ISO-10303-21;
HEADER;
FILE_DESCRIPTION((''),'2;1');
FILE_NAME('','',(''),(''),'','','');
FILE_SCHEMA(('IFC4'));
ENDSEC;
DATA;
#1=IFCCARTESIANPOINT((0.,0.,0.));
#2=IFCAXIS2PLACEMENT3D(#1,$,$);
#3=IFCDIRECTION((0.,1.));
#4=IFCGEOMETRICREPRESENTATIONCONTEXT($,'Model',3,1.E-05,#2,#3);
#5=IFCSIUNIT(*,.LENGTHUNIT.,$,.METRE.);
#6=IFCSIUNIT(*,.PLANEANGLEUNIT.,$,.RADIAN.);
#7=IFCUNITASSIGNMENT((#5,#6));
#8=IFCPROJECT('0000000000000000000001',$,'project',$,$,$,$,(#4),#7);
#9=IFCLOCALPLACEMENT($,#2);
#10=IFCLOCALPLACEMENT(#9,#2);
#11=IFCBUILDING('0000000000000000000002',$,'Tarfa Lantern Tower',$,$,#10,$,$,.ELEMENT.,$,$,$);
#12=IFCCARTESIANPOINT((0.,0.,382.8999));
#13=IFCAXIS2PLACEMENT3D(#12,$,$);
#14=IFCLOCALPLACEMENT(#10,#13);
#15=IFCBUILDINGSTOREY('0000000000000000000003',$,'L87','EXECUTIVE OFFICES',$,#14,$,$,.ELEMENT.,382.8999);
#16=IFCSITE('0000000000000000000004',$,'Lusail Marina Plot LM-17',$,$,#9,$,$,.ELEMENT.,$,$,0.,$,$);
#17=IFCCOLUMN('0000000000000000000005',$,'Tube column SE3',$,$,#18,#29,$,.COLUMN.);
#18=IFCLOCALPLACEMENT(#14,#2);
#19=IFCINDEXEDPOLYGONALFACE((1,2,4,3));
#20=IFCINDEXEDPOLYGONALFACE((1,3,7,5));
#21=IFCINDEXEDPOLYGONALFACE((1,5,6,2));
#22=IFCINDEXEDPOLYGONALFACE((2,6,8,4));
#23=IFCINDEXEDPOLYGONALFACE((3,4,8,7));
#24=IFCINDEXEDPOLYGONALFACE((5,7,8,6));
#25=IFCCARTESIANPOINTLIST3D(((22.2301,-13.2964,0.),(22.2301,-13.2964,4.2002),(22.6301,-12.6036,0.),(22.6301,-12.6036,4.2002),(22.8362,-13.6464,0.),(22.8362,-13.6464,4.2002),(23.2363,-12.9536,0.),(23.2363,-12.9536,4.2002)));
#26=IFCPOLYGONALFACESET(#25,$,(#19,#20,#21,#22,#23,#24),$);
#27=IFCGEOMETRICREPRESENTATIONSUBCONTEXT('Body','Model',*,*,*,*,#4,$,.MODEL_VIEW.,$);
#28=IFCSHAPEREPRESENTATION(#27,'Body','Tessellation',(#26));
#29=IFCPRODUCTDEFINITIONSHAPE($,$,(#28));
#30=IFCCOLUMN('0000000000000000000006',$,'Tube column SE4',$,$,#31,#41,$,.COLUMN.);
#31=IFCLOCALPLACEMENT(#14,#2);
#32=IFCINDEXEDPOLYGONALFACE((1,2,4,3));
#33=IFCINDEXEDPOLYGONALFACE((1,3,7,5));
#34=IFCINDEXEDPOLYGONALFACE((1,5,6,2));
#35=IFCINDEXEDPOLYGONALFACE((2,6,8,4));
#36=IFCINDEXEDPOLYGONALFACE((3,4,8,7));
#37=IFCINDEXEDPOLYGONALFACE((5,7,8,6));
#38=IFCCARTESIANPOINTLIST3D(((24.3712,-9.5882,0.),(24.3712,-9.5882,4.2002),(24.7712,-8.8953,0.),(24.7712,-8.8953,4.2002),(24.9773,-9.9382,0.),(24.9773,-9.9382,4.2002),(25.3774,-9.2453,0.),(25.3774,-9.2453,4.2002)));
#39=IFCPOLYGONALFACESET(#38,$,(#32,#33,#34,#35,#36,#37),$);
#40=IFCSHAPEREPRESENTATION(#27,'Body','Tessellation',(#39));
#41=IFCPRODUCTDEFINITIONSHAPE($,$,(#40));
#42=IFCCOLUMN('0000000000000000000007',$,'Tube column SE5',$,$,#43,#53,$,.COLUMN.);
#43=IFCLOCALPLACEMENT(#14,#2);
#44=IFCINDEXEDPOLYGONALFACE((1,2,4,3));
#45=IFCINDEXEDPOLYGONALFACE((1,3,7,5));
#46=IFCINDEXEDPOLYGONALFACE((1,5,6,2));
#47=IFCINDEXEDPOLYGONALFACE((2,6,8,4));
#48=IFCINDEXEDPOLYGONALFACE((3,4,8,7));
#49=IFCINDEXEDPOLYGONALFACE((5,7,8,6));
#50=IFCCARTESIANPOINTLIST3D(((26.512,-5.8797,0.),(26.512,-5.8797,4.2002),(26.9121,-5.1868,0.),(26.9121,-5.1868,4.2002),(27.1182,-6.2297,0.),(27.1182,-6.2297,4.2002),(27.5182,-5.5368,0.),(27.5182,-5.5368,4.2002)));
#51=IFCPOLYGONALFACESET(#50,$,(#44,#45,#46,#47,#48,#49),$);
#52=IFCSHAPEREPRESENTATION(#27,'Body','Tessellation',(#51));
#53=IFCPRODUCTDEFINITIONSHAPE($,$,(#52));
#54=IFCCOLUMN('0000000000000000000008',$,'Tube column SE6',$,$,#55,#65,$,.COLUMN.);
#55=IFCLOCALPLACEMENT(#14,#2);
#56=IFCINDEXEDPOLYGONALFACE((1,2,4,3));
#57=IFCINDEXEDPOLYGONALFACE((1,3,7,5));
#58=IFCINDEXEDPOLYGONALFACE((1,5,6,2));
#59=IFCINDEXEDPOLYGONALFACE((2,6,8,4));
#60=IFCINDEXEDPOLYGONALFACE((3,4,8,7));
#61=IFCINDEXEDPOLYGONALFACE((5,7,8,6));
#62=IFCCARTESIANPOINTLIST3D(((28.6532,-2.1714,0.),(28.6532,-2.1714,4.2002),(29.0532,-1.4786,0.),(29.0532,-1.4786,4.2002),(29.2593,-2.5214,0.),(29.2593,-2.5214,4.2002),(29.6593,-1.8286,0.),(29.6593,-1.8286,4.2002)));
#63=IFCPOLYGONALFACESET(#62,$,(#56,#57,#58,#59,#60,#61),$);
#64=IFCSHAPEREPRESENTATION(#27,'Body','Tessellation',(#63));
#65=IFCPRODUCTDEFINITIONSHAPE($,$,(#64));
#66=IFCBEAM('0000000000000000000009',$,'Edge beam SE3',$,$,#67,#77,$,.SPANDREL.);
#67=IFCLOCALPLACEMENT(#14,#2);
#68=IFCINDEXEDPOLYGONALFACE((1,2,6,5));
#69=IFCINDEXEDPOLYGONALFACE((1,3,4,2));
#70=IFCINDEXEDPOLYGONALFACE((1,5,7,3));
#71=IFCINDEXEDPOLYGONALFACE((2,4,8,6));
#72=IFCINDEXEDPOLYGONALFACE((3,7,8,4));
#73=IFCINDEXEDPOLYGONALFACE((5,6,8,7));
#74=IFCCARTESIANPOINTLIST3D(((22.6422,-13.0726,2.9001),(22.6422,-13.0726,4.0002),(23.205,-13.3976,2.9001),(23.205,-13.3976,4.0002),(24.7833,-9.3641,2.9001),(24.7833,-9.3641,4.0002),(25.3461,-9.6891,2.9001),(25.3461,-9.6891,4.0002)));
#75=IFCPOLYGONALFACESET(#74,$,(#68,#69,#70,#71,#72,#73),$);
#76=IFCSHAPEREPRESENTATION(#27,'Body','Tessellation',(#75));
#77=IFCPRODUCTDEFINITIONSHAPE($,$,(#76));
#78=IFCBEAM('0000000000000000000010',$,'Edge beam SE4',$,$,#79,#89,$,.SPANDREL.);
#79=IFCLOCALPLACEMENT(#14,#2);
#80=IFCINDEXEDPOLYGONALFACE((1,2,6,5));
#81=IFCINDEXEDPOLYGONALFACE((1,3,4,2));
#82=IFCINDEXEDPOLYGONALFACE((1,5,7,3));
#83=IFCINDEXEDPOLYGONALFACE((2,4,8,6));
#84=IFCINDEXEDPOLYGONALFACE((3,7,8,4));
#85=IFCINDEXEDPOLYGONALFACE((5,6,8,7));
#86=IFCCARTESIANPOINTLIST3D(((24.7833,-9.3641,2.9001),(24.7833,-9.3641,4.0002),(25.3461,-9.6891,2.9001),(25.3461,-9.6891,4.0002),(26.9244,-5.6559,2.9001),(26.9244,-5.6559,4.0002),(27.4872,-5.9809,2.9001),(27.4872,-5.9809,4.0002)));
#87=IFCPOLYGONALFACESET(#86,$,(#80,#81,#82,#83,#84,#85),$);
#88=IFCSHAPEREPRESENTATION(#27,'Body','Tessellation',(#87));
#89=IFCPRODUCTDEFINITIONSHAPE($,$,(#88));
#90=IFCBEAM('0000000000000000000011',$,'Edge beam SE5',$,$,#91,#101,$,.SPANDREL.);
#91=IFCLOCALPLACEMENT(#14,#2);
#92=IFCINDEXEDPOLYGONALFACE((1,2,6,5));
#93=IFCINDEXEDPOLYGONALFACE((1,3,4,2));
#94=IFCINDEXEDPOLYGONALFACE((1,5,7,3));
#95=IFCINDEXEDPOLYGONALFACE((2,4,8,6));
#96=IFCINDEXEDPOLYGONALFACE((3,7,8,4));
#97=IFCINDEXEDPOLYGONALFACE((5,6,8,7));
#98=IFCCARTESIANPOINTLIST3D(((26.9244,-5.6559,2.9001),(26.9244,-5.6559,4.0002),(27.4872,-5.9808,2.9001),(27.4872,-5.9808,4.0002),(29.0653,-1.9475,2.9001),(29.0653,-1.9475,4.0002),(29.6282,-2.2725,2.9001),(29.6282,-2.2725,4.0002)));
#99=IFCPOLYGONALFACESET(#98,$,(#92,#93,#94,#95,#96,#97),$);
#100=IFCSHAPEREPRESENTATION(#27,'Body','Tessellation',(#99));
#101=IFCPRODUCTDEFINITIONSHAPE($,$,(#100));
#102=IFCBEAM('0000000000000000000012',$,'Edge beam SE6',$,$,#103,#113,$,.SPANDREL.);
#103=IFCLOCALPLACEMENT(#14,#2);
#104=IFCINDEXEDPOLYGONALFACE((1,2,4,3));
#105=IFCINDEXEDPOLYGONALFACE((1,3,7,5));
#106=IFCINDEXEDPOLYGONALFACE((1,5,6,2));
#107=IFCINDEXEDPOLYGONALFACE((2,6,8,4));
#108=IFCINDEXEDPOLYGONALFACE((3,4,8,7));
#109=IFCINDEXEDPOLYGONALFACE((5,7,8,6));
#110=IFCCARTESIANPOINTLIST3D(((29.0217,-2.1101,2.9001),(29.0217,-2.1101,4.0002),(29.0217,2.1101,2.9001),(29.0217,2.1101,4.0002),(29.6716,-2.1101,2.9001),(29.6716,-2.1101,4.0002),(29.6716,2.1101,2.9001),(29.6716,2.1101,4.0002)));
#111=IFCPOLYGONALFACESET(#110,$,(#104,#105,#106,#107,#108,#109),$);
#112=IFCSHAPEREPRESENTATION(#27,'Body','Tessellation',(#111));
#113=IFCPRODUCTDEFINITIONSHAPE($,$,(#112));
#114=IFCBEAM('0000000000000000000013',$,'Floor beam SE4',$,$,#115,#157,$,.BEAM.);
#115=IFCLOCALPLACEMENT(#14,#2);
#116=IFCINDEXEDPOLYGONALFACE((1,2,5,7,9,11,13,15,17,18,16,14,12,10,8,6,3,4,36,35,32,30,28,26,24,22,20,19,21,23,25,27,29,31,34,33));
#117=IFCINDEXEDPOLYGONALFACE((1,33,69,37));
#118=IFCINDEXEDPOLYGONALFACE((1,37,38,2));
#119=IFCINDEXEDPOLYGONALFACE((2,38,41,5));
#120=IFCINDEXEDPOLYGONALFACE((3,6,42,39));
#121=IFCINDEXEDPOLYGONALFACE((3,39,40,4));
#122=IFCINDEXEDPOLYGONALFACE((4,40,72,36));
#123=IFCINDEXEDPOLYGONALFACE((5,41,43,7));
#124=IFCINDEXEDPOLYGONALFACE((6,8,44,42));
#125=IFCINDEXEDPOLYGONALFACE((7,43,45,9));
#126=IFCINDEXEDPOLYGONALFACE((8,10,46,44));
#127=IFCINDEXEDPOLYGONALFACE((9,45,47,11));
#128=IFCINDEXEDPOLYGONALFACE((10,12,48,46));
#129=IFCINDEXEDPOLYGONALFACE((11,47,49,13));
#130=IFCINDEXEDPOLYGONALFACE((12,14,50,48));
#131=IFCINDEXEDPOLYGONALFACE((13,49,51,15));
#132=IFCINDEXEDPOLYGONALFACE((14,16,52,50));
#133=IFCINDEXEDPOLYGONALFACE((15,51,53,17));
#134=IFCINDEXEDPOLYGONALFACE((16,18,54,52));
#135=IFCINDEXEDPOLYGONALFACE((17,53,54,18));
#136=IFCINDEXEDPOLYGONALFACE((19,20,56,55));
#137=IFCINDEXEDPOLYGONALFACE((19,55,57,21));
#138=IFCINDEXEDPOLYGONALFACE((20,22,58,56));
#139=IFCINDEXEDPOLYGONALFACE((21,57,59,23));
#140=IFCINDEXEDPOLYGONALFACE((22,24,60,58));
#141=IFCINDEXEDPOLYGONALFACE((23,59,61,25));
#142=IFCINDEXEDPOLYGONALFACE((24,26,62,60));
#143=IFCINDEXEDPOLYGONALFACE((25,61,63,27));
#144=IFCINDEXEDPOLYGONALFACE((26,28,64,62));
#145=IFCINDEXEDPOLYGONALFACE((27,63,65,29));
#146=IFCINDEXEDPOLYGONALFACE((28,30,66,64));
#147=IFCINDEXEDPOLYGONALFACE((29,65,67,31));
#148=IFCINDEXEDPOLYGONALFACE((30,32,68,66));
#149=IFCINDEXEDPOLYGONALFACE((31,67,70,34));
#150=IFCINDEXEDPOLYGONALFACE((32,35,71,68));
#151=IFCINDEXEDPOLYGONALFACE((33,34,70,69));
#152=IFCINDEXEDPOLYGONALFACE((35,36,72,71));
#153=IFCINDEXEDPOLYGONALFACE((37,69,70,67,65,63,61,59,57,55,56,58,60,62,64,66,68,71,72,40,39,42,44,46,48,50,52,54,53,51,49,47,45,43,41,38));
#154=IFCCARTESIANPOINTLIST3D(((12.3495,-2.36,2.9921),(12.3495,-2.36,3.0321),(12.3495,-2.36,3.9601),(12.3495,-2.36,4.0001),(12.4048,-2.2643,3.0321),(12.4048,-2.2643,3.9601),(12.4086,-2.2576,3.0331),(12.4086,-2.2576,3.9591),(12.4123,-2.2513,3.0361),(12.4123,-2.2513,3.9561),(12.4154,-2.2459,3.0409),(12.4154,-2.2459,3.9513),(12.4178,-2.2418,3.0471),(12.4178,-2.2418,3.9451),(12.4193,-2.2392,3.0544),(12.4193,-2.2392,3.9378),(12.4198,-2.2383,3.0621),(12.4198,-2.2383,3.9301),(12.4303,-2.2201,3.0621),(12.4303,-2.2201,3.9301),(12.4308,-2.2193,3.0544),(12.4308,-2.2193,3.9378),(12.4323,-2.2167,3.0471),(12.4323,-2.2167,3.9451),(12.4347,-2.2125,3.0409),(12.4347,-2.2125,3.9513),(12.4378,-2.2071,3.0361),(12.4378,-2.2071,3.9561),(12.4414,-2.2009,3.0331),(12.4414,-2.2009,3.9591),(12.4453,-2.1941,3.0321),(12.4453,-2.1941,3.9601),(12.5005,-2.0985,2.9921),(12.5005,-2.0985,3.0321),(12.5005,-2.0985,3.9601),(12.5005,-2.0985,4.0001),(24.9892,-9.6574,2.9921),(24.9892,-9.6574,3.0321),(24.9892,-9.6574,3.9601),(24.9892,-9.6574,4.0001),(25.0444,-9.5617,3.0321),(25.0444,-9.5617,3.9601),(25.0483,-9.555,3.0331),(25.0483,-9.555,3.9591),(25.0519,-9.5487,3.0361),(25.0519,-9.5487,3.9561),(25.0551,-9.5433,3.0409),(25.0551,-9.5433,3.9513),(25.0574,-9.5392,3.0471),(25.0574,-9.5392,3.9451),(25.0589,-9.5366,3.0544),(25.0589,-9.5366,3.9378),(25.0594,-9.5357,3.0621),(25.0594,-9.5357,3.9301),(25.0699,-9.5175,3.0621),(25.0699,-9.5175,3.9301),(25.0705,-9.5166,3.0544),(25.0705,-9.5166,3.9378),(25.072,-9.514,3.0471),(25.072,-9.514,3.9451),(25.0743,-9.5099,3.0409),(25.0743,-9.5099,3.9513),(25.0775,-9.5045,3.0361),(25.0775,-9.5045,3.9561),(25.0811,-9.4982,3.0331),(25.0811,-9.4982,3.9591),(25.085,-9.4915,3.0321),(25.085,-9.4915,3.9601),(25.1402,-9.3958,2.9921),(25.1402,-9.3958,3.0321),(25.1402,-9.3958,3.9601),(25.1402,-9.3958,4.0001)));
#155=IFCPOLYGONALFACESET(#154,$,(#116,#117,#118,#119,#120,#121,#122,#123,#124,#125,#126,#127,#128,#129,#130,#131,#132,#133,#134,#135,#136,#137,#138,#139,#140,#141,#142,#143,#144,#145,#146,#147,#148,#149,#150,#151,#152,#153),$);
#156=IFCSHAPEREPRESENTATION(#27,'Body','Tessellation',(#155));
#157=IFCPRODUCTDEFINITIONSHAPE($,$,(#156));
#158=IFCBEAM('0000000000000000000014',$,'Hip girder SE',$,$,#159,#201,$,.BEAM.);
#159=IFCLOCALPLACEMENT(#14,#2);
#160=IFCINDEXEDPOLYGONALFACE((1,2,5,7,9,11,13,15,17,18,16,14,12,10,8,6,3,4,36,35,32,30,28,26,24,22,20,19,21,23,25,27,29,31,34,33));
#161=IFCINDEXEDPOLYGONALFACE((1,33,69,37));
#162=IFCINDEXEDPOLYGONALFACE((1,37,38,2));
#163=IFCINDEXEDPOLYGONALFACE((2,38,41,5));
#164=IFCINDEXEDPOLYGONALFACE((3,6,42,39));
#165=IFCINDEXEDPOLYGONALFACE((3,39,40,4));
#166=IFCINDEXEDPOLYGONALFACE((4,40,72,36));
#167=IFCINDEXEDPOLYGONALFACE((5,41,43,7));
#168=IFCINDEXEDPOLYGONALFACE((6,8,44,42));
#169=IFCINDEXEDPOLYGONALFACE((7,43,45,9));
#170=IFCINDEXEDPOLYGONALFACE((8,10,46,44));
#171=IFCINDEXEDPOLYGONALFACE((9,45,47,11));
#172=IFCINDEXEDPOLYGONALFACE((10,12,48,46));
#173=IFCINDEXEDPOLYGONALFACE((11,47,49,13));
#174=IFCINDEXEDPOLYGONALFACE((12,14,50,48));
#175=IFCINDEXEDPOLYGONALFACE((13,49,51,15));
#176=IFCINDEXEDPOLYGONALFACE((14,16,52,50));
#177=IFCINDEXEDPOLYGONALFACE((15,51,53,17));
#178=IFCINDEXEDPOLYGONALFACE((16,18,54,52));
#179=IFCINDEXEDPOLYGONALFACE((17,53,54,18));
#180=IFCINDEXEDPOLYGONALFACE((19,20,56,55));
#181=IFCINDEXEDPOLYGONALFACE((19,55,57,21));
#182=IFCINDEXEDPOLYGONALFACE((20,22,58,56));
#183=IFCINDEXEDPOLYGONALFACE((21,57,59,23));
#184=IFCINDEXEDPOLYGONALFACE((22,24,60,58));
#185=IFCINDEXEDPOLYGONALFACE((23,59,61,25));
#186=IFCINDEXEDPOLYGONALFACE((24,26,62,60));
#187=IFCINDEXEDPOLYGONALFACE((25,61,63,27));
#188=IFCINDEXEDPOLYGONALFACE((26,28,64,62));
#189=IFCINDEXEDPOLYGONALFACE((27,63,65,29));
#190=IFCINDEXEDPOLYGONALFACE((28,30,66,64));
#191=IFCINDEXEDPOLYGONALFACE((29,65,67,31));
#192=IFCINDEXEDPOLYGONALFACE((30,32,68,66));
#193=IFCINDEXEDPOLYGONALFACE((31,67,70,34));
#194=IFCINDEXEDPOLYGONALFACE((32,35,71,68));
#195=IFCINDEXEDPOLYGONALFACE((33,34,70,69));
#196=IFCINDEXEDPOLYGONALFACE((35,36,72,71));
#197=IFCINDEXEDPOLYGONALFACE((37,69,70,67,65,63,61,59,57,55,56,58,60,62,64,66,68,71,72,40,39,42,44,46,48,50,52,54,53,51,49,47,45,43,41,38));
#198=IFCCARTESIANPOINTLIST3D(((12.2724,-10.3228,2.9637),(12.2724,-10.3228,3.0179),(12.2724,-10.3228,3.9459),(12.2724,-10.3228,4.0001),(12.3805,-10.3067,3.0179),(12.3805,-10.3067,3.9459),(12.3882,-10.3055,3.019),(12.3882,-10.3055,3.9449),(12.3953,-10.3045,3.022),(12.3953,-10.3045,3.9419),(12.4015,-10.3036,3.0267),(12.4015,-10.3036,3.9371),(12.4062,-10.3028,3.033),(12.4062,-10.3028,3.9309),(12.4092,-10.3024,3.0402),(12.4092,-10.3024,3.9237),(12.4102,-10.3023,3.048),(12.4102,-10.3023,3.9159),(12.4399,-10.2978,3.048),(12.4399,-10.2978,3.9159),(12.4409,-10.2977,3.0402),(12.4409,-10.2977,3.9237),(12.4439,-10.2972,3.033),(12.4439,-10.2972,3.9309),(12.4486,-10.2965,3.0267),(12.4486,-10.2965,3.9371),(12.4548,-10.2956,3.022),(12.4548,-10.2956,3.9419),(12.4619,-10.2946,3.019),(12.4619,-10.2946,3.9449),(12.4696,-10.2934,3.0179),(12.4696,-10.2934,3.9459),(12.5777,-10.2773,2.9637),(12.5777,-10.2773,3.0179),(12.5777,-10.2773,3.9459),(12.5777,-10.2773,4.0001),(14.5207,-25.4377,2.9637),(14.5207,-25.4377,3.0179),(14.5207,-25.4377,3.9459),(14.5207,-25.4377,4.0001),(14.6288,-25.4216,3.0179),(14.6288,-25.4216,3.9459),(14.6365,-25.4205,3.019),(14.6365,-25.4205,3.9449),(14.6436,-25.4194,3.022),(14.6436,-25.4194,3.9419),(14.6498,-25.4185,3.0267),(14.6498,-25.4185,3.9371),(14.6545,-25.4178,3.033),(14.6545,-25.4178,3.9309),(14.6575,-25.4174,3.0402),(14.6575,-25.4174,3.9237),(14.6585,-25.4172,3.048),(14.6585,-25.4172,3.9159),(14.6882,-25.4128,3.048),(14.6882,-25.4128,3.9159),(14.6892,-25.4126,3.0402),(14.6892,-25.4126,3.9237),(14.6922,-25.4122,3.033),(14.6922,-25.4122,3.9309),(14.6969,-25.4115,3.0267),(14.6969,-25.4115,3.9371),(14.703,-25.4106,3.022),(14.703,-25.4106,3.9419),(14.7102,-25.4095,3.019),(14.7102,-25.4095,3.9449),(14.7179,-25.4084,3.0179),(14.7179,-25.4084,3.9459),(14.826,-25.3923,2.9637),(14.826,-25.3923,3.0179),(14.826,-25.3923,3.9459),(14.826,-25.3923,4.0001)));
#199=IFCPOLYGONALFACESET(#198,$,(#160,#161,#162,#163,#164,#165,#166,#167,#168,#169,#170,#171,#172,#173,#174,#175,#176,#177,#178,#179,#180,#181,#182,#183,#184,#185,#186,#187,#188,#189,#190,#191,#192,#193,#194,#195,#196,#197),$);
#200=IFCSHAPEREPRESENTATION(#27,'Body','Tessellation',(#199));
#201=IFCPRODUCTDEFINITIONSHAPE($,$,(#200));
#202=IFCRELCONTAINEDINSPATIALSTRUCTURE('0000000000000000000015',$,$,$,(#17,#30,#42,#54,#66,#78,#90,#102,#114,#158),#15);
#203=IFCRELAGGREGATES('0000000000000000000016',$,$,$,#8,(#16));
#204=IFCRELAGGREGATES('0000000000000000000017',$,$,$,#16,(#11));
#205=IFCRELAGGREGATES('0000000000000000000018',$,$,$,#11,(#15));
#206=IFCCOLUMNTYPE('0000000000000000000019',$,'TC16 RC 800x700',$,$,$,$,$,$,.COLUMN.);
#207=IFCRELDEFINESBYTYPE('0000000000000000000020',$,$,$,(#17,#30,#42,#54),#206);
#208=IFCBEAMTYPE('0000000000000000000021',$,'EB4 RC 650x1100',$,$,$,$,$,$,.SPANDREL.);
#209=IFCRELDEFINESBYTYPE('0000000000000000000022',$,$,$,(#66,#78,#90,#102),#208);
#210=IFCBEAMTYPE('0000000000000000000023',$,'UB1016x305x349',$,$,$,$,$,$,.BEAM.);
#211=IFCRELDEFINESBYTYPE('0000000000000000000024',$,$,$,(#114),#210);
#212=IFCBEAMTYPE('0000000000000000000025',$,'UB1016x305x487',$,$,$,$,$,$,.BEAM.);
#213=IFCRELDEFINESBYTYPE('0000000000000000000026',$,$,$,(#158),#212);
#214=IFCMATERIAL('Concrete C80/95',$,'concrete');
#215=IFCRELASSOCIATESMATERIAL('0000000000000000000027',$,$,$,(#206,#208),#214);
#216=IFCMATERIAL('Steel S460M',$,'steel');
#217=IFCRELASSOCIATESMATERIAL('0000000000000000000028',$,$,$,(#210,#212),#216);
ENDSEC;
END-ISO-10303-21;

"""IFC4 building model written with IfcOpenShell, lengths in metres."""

from ifc_helpers import new_model, si_unit, direction, frame, origin, origin_2d, place, context, subcontext, project, spatial, rectangle, i_section, extrude, material, material_profile, profile_set, type_object, element, save


model = new_model("IFC4")

# Units and contexts
model_context = context("Model", 3, precision=1e-05, world=origin(), true_north=direction((0.0, 1.0)))
body_context = subcontext(model_context, "Body", "Model", "MODEL_VIEW")
ifc_project = project(units=[si_unit("LENGTHUNIT", "METRE"), si_unit("PLANEANGLEUNIT", "RADIAN")], contexts=[model_context])

# Site, building, storey
site_placement = place(None, origin())
site = spatial("IfcSite", under=ifc_project, at=site_placement, Name="Lusail Marina Plot LM-17", CompositionType="ELEMENT", RefElevation=0.0)
building_placement = place(site_placement, origin())
building = spatial("IfcBuilding", under=site, at=building_placement, Name="Tarfa Lantern Tower", CompositionType="ELEMENT")
storey_placement = place(building_placement, frame((0.0, 0.0, 382.8999)))
storey = spatial("IfcBuildingStorey", under=building, at=storey_placement, Name="L87", Description="EXECUTIVE OFFICES", CompositionType="ELEMENT", Elevation=382.8999)

# Columns
ifc_material_1 = material(Name="Concrete C80/95", Category="concrete")
ifc_material_profile_1 = material_profile(ifc_material_1, rectangle(XDim=0.8, YDim=0.7, at=origin_2d()), Name="RC 800x700")
ifc_profile_set_1 = profile_set([ifc_material_profile_1], Name="Concrete C80/95")
column_type = type_object("IfcColumnType", Name="TC16 RC 800x700", PredefinedType="COLUMN", material=ifc_profile_set_1)
for number, where, z_axis, x_axis, name in (
    (1, (22.7332, -13.125, 0.0), (0.0, 0.0, 1.0), (0.5, 0.866025, 0.0), "Tube column SE3"),
    (2, (24.8743, -9.4167, 0.0), (0.0, 0.0, 1.0), (0.5, 0.866025, 0.0), "Tube column SE4"),
    (3, (27.0151, -5.7083, 0.0), (0.0, 0.0, 1.0), (0.5, 0.866025, 0.0), "Tube column SE5"),
    (4, (29.1562, -2.0, 0.0), (0.0, 0.0, 1.0), (0.5, 0.866025, 0.0), "Tube column SE6"),
):
    element("IfcColumn", number, at=place(storey_placement, frame(where, z_axis=z_axis, x_axis=x_axis)), inside=storey, type_object=column_type, Name=name, PredefinedType="COLUMN", context=body_context, shape_type="SweptSolid", body=[
        extrude(rectangle(XDim=0.8, YDim=0.7, at=origin_2d()), origin(), (0.0, 0.0, 1.0), 4.2002),
    ])

# Beams
ifc_material_profile_2 = material_profile(ifc_material_1, rectangle(XDim=0.6499, YDim=1.1001, at=origin_2d()), Name="RC 650x1100")
ifc_profile_set_2 = profile_set([ifc_material_profile_2], Name="Concrete C80/95")
beam_type_1 = type_object("IfcBeamType", Name="EB4 RC 650x1100", PredefinedType="SPANDREL", material=ifc_profile_set_2)
beam_1_placement = place(storey_placement, frame((22.9236, -13.2351, 3.4502), z_axis=(0.500002, 0.866024, 0.0), x_axis=(-0.866024, 0.500002, 0.0)))
element("IfcBeam", 5, at=beam_1_placement, inside=storey, type_object=beam_type_1, Name="Edge beam SE3", PredefinedType="SPANDREL", context=body_context, shape_type="SweptSolid", body=[
    extrude(rectangle(XDim=0.6499, YDim=1.1001, at=origin_2d()), origin(), (0.0, 0.0, 1.0), 4.2822),
])
for number, where, z_axis, x_axis, name in (
    (6, (25.0647, -9.5266, 3.4502), (0.500027, 0.86601, 0.0), (-0.86601, 0.500027, 0.0), "Edge beam SE4"),
    (7, (27.2058, -5.8184, 3.4502), (0.499984, 0.866035, 0.0), (-0.866035, 0.499984, 0.0), "Edge beam SE5"),
):
    element("IfcBeam", number, at=place(storey_placement, frame(where, z_axis=z_axis, x_axis=x_axis)), inside=storey, type_object=beam_type_1, Name=name, PredefinedType="SPANDREL", context=body_context, shape_type="SweptSolid", body=[
        extrude(rectangle(XDim=0.6499, YDim=1.1001, at=origin_2d()), origin(), (0.0, 0.0, 1.0), 4.282),
    ])
beam_2_placement = place(storey_placement, frame((29.3467, -2.1101, 3.4502), z_axis=(0.0, 1.0, 0.0), x_axis=(-1.0, 0.0, 0.0)))
element("IfcBeam", 8, at=beam_2_placement, inside=storey, type_object=beam_type_1, Name="Edge beam SE6", PredefinedType="SPANDREL", context=body_context, shape_type="SweptSolid", body=[
    extrude(rectangle(XDim=0.6499, YDim=1.1001, at=origin_2d()), origin(), (0.0, 0.0, 1.0), 4.2202),
])
ifc_material_2 = material(Name="Steel S460M", Category="steel")
ifc_material_profile_3 = material_profile(ifc_material_2, i_section(OverallWidth=0.302, OverallDepth=1.0081, WebThickness=0.021, FlangeThickness=0.04, FilletRadius=0.03, at=origin_2d()), Name="UB1016x305x349")
ifc_profile_set_3 = profile_set([ifc_material_profile_3], Name="Steel S460M")
beam_type_2 = type_object("IfcBeamType", Name="UB1016x305x349", PredefinedType="BEAM", material=ifc_profile_set_3)
beam_3_placement = place(storey_placement, frame((25.0647, -9.5266, 3.4961), z_axis=(-0.86603, 0.499993, 0.0), x_axis=(-0.499993, -0.86603, 0.0)))
element("IfcBeam", 9, at=beam_3_placement, inside=storey, type_object=beam_type_2, Name="Floor beam SE4", PredefinedType="BEAM", context=body_context, shape_type="SweptSolid", body=[
    extrude(i_section(OverallWidth=0.302, OverallDepth=1.0081, WebThickness=0.021, FlangeThickness=0.04, FilletRadius=0.03, at=origin_2d()), origin(), (0.0, 0.0, 1.0), 14.595),
])
ifc_material_profile_4 = material_profile(ifc_material_2, i_section(OverallWidth=0.3086, OverallDepth=1.0364, WebThickness=0.03, FlangeThickness=0.0542, FilletRadius=0.03, at=origin_2d()), Name="UB1016x305x487")
ifc_profile_set_4 = profile_set([ifc_material_profile_4], Name="Steel S460M")
beam_type_3 = type_object("IfcBeamType", Name="UB1016x305x487", PredefinedType="BEAM", material=ifc_profile_set_4)
beam_4_placement = place(storey_placement, frame((12.425, -10.3, 3.4819), z_axis=(0.147127, -0.989118, 0.0), x_axis=(0.989118, 0.147127, 0.0)))
element("IfcBeam", 10, at=beam_4_placement, inside=storey, type_object=beam_type_3, Name="Hip girder SE", PredefinedType="BEAM", context=body_context, shape_type="SweptSolid", body=[
    extrude(i_section(OverallWidth=0.3086, OverallDepth=1.0364, WebThickness=0.03, FlangeThickness=0.0542, FilletRadius=0.03, at=origin_2d()), origin(), (0.0, 0.0, 1.0), 15.2812),
])

save(model, "model.ifc")
